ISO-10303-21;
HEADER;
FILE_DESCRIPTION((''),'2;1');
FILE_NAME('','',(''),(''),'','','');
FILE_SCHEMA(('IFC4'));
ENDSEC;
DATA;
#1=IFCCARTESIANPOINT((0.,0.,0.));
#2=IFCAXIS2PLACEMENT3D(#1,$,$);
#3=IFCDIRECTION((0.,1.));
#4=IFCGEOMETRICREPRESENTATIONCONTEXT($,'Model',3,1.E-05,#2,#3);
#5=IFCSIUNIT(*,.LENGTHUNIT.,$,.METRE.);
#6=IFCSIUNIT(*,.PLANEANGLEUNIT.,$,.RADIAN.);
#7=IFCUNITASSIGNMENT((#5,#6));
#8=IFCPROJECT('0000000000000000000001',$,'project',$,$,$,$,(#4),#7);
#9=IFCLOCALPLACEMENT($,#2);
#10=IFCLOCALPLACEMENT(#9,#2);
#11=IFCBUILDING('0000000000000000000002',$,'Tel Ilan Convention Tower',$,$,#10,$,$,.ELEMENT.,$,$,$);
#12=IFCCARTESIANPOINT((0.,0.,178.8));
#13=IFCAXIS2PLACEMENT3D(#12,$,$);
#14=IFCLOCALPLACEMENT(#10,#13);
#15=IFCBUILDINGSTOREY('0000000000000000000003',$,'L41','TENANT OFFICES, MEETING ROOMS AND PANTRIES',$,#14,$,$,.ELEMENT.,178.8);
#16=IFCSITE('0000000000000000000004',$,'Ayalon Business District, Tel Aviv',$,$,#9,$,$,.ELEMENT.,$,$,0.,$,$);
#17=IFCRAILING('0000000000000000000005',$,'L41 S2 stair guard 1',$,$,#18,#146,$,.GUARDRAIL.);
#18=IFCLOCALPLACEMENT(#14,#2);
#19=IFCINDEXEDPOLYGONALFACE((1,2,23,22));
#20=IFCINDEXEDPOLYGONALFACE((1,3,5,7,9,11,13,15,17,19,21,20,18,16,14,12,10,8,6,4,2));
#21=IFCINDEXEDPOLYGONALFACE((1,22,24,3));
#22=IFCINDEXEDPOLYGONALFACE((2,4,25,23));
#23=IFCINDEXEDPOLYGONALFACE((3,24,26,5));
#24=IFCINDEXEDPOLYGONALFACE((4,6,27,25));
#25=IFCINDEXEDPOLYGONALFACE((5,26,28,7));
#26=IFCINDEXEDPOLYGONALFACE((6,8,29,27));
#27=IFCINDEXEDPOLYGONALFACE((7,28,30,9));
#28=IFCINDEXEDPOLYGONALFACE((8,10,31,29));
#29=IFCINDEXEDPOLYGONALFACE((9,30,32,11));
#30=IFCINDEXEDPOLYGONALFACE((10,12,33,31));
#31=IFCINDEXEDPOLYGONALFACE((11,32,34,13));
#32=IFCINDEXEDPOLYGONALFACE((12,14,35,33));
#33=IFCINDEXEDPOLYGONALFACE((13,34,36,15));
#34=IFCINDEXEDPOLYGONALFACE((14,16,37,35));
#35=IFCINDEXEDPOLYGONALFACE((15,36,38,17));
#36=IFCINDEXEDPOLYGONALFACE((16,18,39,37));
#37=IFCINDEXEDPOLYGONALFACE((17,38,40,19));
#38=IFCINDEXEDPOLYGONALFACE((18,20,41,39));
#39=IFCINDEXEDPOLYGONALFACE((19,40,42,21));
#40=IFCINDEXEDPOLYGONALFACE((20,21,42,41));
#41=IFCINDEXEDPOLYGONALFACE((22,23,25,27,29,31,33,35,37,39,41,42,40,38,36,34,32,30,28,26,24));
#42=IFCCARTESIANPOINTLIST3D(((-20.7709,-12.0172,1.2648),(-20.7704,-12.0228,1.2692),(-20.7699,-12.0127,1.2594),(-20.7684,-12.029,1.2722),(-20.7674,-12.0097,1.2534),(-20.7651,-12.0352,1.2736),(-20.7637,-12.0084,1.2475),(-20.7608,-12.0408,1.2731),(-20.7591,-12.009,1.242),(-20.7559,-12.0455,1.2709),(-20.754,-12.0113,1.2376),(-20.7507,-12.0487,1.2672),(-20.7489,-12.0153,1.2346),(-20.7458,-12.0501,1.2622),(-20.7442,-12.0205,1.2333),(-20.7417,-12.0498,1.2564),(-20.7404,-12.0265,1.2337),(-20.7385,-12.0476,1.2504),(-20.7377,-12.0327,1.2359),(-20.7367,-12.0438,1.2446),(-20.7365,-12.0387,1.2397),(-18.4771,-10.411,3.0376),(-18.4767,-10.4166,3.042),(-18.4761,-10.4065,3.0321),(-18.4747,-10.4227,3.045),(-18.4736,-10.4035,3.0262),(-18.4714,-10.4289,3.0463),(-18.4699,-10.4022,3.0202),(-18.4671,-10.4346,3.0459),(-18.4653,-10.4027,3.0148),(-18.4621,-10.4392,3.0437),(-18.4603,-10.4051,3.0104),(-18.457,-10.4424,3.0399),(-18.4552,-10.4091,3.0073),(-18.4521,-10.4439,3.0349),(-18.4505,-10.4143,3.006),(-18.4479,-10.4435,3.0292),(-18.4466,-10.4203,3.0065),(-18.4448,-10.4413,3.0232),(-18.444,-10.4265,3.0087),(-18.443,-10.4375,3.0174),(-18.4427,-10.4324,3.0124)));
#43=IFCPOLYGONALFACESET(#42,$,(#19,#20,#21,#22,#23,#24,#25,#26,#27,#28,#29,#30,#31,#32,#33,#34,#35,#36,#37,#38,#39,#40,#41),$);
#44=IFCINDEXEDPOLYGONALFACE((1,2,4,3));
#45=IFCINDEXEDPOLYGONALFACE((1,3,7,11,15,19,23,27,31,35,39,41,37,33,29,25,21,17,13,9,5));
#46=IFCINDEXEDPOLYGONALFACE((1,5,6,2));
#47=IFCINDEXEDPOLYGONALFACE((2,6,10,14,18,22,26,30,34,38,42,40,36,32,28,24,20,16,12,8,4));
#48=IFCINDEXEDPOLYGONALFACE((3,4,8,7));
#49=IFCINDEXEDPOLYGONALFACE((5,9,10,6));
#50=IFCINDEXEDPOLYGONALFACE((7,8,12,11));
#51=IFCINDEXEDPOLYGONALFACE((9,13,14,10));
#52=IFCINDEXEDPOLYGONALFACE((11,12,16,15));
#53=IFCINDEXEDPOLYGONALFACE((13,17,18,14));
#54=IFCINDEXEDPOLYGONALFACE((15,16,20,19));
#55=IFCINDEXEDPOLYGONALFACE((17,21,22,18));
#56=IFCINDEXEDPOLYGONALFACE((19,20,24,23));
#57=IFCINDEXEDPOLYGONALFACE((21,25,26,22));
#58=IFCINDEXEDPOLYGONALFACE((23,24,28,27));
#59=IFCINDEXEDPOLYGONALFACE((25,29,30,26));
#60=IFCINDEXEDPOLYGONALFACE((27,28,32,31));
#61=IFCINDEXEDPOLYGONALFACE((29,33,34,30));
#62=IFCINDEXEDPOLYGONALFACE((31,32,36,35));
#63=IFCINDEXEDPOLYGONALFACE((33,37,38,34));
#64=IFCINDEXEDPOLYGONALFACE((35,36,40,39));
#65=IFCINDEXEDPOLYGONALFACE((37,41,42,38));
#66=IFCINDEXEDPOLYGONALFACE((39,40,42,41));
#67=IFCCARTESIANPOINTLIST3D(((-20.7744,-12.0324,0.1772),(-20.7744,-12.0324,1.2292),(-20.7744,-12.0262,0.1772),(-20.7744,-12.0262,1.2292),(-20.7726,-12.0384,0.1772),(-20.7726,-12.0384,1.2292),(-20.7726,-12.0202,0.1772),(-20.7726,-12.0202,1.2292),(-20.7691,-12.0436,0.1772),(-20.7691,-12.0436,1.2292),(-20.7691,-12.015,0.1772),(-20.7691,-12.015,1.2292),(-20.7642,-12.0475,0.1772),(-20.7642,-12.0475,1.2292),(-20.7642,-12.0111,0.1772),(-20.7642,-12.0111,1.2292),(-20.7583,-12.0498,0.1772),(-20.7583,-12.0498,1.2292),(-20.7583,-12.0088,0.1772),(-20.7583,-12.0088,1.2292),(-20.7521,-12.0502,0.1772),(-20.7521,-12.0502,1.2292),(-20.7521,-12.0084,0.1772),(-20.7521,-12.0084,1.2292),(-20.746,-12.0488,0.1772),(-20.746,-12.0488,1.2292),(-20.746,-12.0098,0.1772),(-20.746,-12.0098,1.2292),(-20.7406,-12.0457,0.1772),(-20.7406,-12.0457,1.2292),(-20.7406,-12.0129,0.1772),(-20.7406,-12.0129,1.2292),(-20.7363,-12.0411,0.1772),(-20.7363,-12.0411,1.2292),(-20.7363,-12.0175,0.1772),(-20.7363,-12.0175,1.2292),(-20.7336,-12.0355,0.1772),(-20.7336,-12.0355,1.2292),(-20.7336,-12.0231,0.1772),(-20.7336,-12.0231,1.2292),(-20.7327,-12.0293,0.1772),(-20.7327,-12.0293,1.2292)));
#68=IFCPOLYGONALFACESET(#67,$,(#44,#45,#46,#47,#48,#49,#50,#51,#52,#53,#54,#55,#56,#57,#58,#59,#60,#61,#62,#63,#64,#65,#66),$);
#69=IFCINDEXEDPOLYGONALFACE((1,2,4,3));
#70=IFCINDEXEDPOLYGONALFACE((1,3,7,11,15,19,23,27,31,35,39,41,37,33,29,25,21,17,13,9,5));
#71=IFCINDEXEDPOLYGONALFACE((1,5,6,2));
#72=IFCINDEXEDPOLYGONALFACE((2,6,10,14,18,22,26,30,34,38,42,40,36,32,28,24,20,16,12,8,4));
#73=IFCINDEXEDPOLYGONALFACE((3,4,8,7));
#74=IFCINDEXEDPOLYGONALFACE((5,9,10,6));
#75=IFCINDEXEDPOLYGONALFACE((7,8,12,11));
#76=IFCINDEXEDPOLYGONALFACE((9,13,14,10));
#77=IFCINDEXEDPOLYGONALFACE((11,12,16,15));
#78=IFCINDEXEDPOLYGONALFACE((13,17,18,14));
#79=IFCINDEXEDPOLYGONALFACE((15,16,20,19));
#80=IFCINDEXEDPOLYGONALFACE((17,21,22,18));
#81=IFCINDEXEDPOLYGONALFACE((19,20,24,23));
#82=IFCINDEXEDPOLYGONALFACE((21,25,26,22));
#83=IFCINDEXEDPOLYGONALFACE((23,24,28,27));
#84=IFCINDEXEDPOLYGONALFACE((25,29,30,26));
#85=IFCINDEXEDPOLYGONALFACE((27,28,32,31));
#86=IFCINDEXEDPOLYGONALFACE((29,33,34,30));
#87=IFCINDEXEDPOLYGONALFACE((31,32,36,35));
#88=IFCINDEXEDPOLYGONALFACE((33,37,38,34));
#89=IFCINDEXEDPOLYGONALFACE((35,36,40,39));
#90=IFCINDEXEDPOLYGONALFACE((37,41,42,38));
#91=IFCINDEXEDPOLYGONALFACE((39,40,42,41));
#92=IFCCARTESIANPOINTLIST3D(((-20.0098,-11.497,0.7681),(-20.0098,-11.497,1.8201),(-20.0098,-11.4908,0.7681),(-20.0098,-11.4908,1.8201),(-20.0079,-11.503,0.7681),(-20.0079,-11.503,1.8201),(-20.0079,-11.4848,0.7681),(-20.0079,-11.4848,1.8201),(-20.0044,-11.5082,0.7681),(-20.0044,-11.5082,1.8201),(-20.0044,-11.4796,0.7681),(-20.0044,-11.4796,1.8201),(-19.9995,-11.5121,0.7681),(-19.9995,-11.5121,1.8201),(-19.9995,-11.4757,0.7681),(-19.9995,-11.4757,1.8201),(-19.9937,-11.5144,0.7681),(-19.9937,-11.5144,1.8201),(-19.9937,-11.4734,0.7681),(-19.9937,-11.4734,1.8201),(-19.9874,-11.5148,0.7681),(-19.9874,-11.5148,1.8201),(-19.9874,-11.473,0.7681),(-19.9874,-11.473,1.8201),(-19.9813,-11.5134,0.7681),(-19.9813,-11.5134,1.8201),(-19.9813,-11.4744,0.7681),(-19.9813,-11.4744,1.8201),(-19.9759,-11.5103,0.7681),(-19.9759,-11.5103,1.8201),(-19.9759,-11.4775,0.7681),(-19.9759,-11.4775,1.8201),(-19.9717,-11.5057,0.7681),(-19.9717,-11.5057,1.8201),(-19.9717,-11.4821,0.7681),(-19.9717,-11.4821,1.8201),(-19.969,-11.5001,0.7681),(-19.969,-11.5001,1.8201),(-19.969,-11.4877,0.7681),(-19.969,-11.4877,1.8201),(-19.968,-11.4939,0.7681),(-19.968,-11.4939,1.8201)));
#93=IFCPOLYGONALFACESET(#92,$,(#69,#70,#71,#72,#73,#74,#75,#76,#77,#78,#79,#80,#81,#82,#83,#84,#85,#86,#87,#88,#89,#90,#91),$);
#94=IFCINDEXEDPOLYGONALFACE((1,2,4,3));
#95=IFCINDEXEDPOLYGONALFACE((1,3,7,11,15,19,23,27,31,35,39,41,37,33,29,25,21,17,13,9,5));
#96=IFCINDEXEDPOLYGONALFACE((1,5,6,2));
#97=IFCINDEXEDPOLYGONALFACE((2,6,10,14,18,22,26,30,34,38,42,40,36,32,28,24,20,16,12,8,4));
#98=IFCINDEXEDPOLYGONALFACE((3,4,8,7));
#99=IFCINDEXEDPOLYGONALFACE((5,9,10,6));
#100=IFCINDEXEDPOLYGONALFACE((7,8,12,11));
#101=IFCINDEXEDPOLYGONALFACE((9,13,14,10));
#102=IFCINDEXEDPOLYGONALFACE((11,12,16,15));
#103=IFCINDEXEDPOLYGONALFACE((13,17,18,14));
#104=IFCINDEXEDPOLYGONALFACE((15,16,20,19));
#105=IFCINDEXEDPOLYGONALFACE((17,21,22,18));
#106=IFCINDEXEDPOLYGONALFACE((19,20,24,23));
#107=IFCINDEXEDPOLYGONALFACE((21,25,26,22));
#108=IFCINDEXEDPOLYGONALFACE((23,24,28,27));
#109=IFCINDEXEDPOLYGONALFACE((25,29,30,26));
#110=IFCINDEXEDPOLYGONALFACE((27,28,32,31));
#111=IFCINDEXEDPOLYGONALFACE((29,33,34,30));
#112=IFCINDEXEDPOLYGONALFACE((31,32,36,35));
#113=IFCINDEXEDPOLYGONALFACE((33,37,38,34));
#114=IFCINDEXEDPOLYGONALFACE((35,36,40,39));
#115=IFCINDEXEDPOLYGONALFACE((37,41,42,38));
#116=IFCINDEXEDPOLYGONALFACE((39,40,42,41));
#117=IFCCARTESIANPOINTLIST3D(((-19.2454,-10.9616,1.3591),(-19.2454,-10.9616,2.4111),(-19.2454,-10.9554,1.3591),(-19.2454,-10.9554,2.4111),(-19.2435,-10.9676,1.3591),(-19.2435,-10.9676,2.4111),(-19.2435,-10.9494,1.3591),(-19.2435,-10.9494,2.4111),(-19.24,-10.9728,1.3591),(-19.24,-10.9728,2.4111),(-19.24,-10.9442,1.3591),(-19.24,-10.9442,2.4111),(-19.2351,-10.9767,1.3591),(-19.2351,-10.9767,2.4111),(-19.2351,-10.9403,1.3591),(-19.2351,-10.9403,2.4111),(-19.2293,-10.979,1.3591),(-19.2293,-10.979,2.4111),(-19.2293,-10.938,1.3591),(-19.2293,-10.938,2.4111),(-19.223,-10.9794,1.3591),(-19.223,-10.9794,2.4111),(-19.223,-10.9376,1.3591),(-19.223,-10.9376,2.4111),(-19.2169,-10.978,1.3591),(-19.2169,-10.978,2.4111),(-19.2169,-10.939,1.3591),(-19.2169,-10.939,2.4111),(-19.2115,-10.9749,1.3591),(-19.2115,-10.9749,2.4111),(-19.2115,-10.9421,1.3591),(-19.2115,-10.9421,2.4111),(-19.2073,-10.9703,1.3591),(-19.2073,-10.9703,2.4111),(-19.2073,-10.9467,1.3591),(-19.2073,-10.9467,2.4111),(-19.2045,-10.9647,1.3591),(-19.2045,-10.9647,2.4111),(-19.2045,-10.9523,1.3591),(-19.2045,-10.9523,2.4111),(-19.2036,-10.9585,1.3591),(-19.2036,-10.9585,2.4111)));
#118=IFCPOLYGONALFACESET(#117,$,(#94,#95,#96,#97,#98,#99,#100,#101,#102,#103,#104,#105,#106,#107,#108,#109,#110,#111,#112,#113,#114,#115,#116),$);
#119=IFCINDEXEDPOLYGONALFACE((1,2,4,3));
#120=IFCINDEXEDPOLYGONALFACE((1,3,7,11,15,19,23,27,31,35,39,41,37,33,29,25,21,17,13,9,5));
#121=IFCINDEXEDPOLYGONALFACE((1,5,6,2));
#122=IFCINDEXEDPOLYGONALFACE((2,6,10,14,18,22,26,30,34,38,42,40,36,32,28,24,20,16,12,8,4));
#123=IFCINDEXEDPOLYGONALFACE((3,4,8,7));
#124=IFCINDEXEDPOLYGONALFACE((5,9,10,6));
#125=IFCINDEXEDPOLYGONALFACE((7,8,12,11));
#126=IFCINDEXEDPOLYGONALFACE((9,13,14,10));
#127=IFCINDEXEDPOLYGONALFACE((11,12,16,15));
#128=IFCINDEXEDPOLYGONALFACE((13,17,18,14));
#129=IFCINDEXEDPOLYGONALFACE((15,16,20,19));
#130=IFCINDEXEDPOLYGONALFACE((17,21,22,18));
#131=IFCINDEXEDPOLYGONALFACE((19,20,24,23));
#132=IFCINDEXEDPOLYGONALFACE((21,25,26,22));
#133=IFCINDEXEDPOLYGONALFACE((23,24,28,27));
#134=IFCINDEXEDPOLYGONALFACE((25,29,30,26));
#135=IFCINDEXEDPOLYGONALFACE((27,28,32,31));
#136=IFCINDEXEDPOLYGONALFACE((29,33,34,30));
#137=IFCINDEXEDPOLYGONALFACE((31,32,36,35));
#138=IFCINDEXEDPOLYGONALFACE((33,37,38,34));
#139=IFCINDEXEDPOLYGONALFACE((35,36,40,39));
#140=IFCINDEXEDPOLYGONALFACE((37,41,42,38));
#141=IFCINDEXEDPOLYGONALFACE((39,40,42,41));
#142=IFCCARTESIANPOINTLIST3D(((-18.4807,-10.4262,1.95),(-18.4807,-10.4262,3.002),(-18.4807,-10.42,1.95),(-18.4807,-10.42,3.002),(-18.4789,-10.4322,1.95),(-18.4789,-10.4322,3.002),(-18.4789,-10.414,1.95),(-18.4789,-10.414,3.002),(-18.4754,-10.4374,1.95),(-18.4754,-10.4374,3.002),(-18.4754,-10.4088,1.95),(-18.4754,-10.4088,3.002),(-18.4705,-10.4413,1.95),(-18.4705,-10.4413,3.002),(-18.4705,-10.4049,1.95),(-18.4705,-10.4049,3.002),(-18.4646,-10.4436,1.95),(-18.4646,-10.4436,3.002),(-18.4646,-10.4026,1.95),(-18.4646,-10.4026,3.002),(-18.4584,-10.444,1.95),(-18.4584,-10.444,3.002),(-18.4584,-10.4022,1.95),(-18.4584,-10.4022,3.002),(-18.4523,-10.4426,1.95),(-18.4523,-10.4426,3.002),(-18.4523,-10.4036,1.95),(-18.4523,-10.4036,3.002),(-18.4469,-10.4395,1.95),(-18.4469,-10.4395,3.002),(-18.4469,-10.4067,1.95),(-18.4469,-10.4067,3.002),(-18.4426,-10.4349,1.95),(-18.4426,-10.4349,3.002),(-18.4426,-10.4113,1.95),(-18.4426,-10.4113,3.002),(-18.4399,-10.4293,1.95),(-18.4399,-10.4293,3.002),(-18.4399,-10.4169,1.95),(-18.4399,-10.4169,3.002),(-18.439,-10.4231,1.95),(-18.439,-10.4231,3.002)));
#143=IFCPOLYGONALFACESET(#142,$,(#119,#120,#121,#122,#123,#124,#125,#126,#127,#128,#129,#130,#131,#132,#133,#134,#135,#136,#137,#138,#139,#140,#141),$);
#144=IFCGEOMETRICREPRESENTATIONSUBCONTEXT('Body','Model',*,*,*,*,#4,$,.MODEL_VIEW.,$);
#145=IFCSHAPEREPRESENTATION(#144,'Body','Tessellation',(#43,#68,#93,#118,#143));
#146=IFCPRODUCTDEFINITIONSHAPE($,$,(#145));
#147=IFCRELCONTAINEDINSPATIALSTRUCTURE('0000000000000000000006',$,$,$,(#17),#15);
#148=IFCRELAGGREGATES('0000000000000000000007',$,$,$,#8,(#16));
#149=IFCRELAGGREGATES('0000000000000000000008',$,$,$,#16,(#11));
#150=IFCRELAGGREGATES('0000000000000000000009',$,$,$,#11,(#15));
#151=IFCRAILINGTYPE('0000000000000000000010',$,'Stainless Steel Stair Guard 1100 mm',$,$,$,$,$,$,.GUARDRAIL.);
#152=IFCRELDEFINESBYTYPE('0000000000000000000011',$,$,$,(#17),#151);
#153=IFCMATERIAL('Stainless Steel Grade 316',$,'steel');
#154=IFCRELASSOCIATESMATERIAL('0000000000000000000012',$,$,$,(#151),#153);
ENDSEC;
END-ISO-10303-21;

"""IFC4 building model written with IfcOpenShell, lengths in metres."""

from ifc_helpers import new_model, si_unit, direction, frame, origin, origin_2d, place, context, subcontext, project, spatial, circle, extrude, material, type_object, element, save


model = new_model("IFC4")

# Units and contexts
model_context = context("Model", 3, precision=1e-05, world=origin(), true_north=direction((0.0, 1.0)))
body_context = subcontext(model_context, "Body", "Model", "MODEL_VIEW")
ifc_project = project(units=[si_unit("LENGTHUNIT", "METRE"), si_unit("PLANEANGLEUNIT", "RADIAN")], contexts=[model_context])

# Site, building, storey
site_placement = place(None, origin())
site = spatial("IfcSite", under=ifc_project, at=site_placement, Name="Ayalon Business District, Tel Aviv", CompositionType="ELEMENT", RefElevation=0.0)
building_placement = place(site_placement, origin())
building = spatial("IfcBuilding", under=site, at=building_placement, Name="Tel Ilan Convention Tower", CompositionType="ELEMENT")
storey_placement = place(building_placement, frame((0.0, 0.0, 178.8)))
storey = spatial("IfcBuildingStorey", under=building, at=storey_placement, Name="L41", Description="TENANT OFFICES, MEETING ROOMS AND PANTRIES", CompositionType="ELEMENT", Elevation=178.8)

# Railing
ifc_material_1 = material(Name="Stainless Steel Grade 316", Category="steel")
railing_type_1 = type_object("IfcRailingType", Name="Stainless Steel Stair Guard 1100 mm", PredefinedType="GUARDRAIL", material=ifc_material_1)
railing_1_placement = place(storey_placement, frame((-20.7537, -12.0293, 0.1772)))
element("IfcRailing", 1, at=railing_1_placement, inside=storey, type_object=railing_type_1, Name="L41 S2 stair guard 1", PredefinedType="GUARDRAIL", context=body_context, shape_type="SweptSolid", body=[
    extrude(circle(Radius=0.0239, at=origin_2d()), frame((0.0, 0.0, 1.0762), z_axis=(0.692098, 0.484653, 0.534894), x_axis=(-0.573609, 0.81913, 0.0)), (0.0, 0.0, 1.0), 3.3142),
    extrude(circle(Radius=0.021, at=origin_2d()), origin(), (0.0, 0.0, 1.0), 1.052),
    extrude(circle(Radius=0.021, at=origin_2d()), frame((0.7646, 0.5354, 0.5908)), (0.0, 0.0, 1.0), 1.052),
    extrude(circle(Radius=0.021, at=origin_2d()), frame((1.5291, 1.0708, 1.1819)), (0.0, 0.0, 1.0), 1.052),
    extrude(circle(Radius=0.021, at=origin_2d()), frame((2.2937, 1.6062, 1.7727)), (0.0, 0.0, 1.0), 1.052),
])

save(model, "model.ifc")
